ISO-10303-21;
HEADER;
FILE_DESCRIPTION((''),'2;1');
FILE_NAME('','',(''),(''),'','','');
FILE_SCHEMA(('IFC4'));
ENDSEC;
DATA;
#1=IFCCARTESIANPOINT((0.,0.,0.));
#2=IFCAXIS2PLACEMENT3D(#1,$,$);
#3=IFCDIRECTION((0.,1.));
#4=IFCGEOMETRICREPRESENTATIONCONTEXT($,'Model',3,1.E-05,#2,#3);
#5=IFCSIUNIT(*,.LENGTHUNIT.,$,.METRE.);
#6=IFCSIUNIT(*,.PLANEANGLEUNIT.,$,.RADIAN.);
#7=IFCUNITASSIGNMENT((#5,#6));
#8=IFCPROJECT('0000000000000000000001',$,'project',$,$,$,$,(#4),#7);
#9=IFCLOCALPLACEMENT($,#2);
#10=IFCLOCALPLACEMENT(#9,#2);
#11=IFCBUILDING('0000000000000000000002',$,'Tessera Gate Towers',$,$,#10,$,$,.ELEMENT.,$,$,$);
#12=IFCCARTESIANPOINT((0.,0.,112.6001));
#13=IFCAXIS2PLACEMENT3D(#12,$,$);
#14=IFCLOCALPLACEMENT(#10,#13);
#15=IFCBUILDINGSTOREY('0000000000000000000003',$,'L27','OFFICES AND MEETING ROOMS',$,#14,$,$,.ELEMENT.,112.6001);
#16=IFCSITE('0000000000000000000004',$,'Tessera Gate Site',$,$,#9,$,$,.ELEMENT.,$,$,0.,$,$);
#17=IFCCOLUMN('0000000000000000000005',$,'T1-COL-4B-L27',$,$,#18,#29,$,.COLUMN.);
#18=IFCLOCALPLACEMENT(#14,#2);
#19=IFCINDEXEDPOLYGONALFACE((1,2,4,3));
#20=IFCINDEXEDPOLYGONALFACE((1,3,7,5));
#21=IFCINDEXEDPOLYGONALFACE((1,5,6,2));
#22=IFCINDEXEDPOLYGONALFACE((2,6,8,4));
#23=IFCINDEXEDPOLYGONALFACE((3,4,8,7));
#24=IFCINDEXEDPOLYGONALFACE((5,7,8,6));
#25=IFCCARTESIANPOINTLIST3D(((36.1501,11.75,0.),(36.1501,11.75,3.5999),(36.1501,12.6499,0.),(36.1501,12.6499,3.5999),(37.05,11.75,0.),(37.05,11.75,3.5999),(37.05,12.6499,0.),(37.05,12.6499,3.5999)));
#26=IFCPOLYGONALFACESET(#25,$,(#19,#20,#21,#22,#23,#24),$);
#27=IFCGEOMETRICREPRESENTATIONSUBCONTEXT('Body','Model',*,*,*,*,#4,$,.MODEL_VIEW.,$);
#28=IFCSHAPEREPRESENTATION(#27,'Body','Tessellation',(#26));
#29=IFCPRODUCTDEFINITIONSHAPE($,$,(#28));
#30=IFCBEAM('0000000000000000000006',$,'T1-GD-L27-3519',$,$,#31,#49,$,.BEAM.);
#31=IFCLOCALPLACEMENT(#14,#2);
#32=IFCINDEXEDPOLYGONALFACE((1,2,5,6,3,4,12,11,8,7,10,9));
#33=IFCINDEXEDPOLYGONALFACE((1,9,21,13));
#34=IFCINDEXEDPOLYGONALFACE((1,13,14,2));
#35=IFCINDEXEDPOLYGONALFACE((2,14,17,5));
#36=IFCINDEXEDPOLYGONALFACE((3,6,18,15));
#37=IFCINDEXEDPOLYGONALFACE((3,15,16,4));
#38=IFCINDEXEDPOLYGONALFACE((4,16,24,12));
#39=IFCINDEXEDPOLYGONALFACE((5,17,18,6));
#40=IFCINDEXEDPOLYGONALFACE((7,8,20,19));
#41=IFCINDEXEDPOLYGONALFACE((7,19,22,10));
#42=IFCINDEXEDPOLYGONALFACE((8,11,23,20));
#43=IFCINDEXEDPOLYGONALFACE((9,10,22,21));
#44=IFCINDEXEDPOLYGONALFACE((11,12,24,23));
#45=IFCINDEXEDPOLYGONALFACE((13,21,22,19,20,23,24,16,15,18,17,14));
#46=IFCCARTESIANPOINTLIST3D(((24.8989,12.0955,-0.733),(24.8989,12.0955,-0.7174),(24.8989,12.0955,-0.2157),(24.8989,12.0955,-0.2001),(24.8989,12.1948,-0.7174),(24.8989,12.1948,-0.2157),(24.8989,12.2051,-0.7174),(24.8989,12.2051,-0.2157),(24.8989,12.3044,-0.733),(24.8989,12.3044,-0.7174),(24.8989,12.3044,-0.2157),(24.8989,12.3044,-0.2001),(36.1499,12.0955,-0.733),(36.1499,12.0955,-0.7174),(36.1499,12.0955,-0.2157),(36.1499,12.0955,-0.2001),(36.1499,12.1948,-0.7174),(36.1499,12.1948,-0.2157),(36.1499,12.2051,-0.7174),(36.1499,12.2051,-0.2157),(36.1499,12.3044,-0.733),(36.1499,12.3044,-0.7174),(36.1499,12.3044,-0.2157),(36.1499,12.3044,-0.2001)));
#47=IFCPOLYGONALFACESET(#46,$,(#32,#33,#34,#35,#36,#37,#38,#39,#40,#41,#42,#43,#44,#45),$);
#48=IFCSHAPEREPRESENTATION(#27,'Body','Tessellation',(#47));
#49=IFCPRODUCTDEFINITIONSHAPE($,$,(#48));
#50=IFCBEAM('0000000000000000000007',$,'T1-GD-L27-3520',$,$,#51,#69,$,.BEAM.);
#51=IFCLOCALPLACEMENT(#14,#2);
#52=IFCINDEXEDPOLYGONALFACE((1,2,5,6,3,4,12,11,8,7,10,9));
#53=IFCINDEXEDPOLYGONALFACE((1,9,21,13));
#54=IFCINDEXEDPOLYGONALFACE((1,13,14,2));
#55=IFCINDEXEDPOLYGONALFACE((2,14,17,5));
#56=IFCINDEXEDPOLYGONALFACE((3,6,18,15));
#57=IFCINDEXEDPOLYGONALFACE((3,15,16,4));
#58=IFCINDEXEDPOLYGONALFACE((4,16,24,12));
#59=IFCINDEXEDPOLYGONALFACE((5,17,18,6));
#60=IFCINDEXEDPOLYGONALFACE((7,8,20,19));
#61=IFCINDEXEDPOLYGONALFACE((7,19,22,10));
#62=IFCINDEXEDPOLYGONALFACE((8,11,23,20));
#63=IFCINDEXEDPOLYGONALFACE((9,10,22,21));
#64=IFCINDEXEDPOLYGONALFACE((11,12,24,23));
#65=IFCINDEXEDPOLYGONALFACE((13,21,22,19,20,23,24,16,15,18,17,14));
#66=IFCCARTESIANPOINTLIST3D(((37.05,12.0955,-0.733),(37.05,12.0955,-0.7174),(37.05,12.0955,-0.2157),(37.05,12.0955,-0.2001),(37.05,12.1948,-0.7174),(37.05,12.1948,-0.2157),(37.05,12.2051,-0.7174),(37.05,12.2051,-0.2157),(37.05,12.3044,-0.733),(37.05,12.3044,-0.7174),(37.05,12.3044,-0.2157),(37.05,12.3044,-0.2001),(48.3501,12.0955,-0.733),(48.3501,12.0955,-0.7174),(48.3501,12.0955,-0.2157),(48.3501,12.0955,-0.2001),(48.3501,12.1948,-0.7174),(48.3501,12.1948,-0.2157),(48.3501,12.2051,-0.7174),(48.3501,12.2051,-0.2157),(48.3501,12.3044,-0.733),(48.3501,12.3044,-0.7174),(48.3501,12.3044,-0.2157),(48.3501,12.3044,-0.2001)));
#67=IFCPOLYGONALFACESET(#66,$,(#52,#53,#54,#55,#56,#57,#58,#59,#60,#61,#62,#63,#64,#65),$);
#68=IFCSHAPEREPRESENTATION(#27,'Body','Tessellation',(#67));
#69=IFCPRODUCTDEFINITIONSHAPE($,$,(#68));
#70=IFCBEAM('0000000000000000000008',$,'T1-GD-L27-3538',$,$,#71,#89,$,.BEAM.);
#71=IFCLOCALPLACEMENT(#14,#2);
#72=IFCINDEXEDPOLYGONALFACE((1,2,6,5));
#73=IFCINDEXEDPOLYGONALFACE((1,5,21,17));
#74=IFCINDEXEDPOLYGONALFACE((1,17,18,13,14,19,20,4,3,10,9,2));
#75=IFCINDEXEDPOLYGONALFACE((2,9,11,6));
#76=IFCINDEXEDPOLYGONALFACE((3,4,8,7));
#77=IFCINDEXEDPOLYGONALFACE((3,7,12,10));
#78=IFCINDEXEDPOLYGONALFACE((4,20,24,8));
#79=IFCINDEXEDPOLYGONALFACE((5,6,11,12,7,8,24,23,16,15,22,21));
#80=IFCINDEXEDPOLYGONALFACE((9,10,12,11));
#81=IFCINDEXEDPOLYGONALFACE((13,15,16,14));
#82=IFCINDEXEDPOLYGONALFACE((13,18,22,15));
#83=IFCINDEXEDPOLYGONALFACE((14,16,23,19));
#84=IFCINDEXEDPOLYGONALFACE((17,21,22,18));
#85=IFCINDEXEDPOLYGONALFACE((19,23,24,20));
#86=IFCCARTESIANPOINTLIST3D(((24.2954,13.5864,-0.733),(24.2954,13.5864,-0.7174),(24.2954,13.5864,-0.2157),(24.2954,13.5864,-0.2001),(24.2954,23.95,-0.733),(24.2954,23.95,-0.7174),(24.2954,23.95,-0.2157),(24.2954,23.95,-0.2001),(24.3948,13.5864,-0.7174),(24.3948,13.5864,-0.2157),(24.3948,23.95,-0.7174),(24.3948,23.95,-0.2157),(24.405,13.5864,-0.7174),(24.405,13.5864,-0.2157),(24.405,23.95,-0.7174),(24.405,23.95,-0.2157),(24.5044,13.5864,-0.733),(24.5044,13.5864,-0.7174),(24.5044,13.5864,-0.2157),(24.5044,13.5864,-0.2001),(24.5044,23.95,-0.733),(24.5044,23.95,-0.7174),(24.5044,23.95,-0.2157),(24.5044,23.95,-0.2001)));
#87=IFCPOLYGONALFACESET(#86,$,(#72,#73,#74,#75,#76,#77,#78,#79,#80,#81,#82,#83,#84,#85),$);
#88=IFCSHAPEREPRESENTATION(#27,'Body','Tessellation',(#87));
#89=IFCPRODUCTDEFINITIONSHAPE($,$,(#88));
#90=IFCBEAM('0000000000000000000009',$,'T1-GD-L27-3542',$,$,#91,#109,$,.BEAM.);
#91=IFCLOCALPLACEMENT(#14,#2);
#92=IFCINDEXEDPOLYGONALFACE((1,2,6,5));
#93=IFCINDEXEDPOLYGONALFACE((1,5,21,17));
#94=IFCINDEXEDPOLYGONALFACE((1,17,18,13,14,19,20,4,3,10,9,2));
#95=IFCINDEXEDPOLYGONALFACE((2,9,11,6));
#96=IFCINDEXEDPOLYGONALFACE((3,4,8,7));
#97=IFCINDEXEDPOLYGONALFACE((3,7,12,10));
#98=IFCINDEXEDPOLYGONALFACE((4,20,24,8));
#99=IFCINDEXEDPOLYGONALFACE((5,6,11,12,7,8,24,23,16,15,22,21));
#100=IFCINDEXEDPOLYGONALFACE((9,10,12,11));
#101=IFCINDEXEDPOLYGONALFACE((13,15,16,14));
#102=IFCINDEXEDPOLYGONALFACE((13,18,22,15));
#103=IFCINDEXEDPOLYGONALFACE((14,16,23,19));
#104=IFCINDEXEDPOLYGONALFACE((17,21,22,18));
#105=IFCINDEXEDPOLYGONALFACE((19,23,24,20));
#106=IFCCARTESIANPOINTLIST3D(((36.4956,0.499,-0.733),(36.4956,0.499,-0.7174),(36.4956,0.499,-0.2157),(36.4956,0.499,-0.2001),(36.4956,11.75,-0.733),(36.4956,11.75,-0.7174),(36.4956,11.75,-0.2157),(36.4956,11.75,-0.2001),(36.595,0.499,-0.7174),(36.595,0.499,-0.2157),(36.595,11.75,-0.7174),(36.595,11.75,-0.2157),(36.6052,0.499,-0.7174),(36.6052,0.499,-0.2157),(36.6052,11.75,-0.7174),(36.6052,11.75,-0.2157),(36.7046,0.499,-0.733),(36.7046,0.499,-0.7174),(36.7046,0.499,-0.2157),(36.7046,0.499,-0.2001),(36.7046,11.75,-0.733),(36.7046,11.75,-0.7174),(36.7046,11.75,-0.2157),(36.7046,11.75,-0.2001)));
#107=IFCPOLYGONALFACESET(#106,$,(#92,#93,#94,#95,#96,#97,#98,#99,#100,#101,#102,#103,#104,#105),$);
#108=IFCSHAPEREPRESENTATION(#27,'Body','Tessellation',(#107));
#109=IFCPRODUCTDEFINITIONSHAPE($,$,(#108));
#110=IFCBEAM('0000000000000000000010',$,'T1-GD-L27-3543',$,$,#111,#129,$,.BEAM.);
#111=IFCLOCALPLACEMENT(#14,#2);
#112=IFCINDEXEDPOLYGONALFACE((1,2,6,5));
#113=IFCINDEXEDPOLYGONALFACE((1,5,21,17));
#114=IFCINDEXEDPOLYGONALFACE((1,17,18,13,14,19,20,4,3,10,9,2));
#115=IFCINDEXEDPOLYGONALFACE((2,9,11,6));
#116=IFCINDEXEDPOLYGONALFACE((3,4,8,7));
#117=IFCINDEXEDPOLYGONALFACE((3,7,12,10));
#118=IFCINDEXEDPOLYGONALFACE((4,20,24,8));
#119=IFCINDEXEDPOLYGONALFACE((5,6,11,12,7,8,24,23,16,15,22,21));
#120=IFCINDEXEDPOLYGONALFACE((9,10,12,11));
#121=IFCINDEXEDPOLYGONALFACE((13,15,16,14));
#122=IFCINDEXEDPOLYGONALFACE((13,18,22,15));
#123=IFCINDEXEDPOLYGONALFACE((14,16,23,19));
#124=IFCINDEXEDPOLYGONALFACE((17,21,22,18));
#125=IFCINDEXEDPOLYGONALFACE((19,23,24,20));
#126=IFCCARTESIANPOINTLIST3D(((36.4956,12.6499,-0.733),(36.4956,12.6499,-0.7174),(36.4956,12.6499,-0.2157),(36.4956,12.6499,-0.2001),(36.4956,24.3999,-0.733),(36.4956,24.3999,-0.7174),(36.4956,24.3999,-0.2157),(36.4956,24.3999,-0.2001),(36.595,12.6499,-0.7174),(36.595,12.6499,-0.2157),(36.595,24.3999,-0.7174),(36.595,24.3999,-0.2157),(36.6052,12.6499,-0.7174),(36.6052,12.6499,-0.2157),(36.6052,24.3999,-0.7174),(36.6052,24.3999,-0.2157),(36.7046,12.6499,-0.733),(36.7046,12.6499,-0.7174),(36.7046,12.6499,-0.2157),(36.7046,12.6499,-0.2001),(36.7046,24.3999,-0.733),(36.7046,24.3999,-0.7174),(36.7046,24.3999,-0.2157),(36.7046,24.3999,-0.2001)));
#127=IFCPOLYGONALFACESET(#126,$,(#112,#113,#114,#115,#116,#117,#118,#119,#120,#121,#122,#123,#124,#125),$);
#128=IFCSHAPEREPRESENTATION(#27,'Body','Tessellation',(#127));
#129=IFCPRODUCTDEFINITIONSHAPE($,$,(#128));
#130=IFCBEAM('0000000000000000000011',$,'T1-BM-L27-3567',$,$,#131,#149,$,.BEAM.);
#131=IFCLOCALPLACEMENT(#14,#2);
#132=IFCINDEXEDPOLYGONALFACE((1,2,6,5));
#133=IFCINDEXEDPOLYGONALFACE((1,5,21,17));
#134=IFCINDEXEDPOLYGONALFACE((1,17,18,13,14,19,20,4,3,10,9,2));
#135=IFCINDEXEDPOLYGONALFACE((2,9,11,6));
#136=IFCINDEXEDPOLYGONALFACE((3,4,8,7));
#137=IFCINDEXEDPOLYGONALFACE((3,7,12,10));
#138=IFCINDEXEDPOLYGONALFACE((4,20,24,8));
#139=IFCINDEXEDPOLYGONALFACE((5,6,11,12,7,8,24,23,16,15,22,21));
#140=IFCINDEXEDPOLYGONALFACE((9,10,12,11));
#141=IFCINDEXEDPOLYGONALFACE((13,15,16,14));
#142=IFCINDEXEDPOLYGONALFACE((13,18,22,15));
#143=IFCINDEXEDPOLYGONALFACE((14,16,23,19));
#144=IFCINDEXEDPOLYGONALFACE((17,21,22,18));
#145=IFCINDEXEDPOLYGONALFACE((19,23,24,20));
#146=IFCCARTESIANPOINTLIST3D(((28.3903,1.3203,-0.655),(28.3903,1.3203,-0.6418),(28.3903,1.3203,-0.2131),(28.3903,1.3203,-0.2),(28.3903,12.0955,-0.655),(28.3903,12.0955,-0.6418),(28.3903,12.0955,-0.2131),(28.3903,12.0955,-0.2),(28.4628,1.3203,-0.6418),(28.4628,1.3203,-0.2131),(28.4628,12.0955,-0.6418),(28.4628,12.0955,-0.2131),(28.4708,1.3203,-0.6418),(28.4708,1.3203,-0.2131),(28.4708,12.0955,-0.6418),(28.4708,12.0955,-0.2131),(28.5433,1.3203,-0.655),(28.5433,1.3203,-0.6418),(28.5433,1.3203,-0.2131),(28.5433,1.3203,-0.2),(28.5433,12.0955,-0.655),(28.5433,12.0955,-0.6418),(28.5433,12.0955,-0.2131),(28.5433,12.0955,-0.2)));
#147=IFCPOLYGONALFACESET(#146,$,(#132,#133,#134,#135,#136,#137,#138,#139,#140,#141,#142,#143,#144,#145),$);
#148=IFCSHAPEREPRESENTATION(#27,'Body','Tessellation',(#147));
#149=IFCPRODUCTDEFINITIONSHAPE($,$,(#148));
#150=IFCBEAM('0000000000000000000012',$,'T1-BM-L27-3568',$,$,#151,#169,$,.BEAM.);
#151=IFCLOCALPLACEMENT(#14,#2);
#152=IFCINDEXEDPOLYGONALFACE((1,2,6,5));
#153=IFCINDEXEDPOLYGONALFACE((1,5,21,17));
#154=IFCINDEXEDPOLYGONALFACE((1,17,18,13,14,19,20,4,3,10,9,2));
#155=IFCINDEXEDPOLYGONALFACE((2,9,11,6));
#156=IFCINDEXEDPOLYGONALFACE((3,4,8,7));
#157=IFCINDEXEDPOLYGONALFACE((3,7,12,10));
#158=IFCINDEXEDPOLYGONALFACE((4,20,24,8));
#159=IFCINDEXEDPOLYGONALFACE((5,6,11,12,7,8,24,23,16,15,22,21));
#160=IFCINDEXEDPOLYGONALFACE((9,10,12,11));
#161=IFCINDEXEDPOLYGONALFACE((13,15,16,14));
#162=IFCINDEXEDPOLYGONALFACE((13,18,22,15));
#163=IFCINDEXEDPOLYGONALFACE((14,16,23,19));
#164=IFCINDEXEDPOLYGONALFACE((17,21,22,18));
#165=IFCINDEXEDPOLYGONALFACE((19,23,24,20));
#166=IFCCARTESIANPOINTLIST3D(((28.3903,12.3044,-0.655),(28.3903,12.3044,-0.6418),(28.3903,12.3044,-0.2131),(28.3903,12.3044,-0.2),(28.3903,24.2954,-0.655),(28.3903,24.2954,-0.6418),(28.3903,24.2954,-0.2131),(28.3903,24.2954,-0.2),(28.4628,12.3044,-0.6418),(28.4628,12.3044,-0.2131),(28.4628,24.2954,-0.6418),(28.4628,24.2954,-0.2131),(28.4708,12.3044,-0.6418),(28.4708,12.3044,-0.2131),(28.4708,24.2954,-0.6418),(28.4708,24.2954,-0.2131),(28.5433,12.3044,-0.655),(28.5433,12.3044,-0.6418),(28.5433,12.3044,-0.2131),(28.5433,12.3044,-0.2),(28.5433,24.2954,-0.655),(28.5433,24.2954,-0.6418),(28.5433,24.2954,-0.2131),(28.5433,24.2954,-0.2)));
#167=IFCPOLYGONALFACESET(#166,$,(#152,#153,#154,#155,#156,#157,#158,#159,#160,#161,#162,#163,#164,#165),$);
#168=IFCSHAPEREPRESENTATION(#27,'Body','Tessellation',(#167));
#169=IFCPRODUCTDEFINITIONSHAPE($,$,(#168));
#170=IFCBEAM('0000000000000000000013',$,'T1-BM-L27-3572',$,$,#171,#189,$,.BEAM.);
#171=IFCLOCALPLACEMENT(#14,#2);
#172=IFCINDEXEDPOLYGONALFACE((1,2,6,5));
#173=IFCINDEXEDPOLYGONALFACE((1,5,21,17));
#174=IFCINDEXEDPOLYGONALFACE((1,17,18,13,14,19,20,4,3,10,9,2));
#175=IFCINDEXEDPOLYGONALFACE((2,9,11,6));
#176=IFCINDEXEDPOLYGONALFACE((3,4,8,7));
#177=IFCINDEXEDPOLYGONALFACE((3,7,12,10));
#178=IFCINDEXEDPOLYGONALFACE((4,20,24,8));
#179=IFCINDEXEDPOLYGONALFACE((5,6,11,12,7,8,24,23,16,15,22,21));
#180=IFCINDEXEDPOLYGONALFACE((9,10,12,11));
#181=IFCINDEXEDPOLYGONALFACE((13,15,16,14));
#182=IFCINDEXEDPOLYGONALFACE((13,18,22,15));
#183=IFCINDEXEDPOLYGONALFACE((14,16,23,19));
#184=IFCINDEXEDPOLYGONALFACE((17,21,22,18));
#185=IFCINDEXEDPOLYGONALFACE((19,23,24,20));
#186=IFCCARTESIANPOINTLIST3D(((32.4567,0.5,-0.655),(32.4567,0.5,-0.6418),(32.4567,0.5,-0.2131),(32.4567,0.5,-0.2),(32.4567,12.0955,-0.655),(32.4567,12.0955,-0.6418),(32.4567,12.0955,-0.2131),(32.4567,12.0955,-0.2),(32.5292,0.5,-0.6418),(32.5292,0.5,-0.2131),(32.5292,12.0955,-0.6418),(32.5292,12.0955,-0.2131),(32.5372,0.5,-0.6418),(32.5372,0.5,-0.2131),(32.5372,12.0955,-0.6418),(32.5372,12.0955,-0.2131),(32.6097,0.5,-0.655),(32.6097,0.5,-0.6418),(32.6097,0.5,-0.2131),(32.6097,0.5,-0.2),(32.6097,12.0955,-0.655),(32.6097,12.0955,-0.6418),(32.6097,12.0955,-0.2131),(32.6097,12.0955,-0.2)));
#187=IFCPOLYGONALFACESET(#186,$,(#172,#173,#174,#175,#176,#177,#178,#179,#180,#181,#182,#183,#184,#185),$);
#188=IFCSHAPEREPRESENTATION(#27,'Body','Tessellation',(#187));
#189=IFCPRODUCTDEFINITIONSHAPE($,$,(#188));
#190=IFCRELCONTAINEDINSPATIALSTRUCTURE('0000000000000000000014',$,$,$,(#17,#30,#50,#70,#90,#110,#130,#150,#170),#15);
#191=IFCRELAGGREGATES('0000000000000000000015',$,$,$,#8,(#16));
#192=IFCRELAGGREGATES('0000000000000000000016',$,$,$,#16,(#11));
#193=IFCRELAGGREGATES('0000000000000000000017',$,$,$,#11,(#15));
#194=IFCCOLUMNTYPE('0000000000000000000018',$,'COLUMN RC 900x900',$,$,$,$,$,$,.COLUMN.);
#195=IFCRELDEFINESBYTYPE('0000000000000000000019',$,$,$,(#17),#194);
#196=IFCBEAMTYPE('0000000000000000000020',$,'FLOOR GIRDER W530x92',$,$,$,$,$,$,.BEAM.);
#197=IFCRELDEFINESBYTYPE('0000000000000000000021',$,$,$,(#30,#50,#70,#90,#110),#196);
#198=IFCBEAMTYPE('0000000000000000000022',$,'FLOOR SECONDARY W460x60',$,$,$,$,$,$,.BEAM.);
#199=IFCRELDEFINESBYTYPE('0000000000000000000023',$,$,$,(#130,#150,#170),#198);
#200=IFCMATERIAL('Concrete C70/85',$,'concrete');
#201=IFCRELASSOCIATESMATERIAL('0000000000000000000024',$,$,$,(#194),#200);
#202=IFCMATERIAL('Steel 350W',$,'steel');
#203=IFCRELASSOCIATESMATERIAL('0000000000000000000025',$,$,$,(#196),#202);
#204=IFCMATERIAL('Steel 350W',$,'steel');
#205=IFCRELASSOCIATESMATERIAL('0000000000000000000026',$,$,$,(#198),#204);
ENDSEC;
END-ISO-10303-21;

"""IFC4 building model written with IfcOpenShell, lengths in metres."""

from ifc_helpers import new_model, si_unit, direction, frame, origin, origin_2d, place, context, subcontext, project, spatial, rectangle, i_section, extrude, material, material_profile, profile_set, type_object, element, save


model = new_model("IFC4")

# Units and contexts
model_context = context("Model", 3, precision=1e-05, world=origin(), true_north=direction((0.0, 1.0)))
body_context = subcontext(model_context, "Body", "Model", "MODEL_VIEW")
ifc_project = project(units=[si_unit("LENGTHUNIT", "METRE"), si_unit("PLANEANGLEUNIT", "RADIAN")], contexts=[model_context])

# Site, building, storey
site_placement = place(None, origin())
site = spatial("IfcSite", under=ifc_project, at=site_placement, Name="Tessera Gate Site", CompositionType="ELEMENT", RefElevation=0.0)
building_placement = place(site_placement, origin())
building = spatial("IfcBuilding", under=site, at=building_placement, Name="Tessera Gate Towers", CompositionType="ELEMENT")
storey_placement = place(building_placement, frame((0.0, 0.0, 112.6001)))
storey = spatial("IfcBuildingStorey", under=building, at=storey_placement, Name="L27", Description="OFFICES AND MEETING ROOMS", CompositionType="ELEMENT", Elevation=112.6001)

# Column
ifc_material_1 = material(Name="Concrete C70/85", Category="concrete")
ifc_material_profile_1 = material_profile(ifc_material_1, rectangle(XDim=0.8999, YDim=0.8999, at=origin_2d()), Name="RC 900x900")
ifc_profile_set_1 = profile_set([ifc_material_profile_1], Name="Concrete C70/85")
column_type = type_object("IfcColumnType", Name="COLUMN RC 900x900", PredefinedType="COLUMN", material=ifc_profile_set_1)
column_placement = place(storey_placement, frame((36.6001, 12.2, 0.0), z_axis=(0.0, 0.0, 1.0), x_axis=(1.0, 0.0, 0.0)))
element("IfcColumn", 1, at=column_placement, inside=storey, type_object=column_type, Name="T1-COL-4B-L27", PredefinedType="COLUMN", context=body_context, shape_type="SweptSolid", body=[
    extrude(rectangle(XDim=0.8999, YDim=0.8999, at=origin_2d()), origin(), (0.0, 0.0, 1.0), 3.5999),
])

# Beams
ifc_material_2 = material(Name="Steel 350W", Category="steel")
ifc_material_profile_2 = material_profile(ifc_material_2, i_section(OverallWidth=0.209, OverallDepth=0.533, WebThickness=0.0103, FlangeThickness=0.0156, at=origin_2d()), Name="W530x92")
ifc_profile_set_2 = profile_set([ifc_material_profile_2], Name="Steel 350W")
beam_type_1 = type_object("IfcBeamType", Name="FLOOR GIRDER W530x92", PredefinedType="BEAM", material=ifc_profile_set_2)
beam_1_placement = place(storey_placement, frame((24.8989, 12.2, -0.4666), z_axis=(1.0, 0.0, 0.0), x_axis=(0.0, 1.0, 0.0)))
element("IfcBeam", 2, at=beam_1_placement, inside=storey, type_object=beam_type_1, Name="T1-GD-L27-3519", PredefinedType="BEAM", context=body_context, shape_type="SweptSolid", body=[
    extrude(i_section(OverallWidth=0.209, OverallDepth=0.533, WebThickness=0.0103, FlangeThickness=0.0156, at=origin_2d()), origin(), (0.0, 0.0, 1.0), 11.251),
])
beam_2_placement = place(storey_placement, frame((37.05, 12.2, -0.4666), z_axis=(1.0, 0.0, 0.0), x_axis=(0.0, 1.0, 0.0)))
element("IfcBeam", 3, at=beam_2_placement, inside=storey, type_object=beam_type_1, Name="T1-GD-L27-3520", PredefinedType="BEAM", context=body_context, shape_type="SweptSolid", body=[
    extrude(i_section(OverallWidth=0.209, OverallDepth=0.533, WebThickness=0.0103, FlangeThickness=0.0156, at=origin_2d()), origin(), (0.0, 0.0, 1.0), 11.3),
])
beam_3_placement = place(storey_placement, frame((24.3999, 13.5864, -0.4666), z_axis=(0.0, 1.0, 0.0), x_axis=(-1.0, 0.0, 0.0)))
element("IfcBeam", 4, at=beam_3_placement, inside=storey, type_object=beam_type_1, Name="T1-GD-L27-3538", PredefinedType="BEAM", context=body_context, shape_type="SweptSolid", body=[
    extrude(i_section(OverallWidth=0.209, OverallDepth=0.533, WebThickness=0.0103, FlangeThickness=0.0156, at=origin_2d()), origin(), (0.0, 0.0, 1.0), 10.3635),
])
beam_4_placement = place(storey_placement, frame((36.6001, 0.499, -0.4666), z_axis=(0.0, 1.0, 0.0), x_axis=(-1.0, 0.0, 0.0)))
element("IfcBeam", 5, at=beam_4_placement, inside=storey, type_object=beam_type_1, Name="T1-GD-L27-3542", PredefinedType="BEAM", context=body_context, shape_type="SweptSolid", body=[
    extrude(i_section(OverallWidth=0.209, OverallDepth=0.533, WebThickness=0.0103, FlangeThickness=0.0156, at=origin_2d()), origin(), (0.0, 0.0, 1.0), 11.251),
])
beam_5_placement = place(storey_placement, frame((36.6001, 12.6499, -0.4666), z_axis=(0.0, 1.0, 0.0), x_axis=(-1.0, 0.0, 0.0)))
element("IfcBeam", 6, at=beam_5_placement, inside=storey, type_object=beam_type_1, Name="T1-GD-L27-3543", PredefinedType="BEAM", context=body_context, shape_type="SweptSolid", body=[
    extrude(i_section(OverallWidth=0.209, OverallDepth=0.533, WebThickness=0.0103, FlangeThickness=0.0156, at=origin_2d()), origin(), (0.0, 0.0, 1.0), 11.75),
])
ifc_material_3 = material(Name="Steel 350W", Category="steel")
ifc_material_profile_3 = material_profile(ifc_material_3, i_section(OverallWidth=0.1531, OverallDepth=0.4551, WebThickness=0.0081, FlangeThickness=0.0132, at=origin_2d()), Name="W460x60")
ifc_profile_set_3 = profile_set([ifc_material_profile_3], Name="Steel 350W")
beam_type_2 = type_object("IfcBeamType", Name="FLOOR SECONDARY W460x60", PredefinedType="BEAM", material=ifc_profile_set_3)
beam_6_placement = place(storey_placement, frame((28.4668, 1.3203, -0.4275), z_axis=(0.0, 1.0, 0.0), x_axis=(-1.0, 0.0, 0.0)))
element("IfcBeam", 7, at=beam_6_placement, inside=storey, type_object=beam_type_2, Name="T1-BM-L27-3567", PredefinedType="BEAM", context=body_context, shape_type="SweptSolid", body=[
    extrude(i_section(OverallWidth=0.1531, OverallDepth=0.4551, WebThickness=0.0081, FlangeThickness=0.0132, at=origin_2d()), origin(), (0.0, 0.0, 1.0), 10.7751),
])
beam_7_placement = place(storey_placement, frame((28.4668, 12.3044, -0.4275), z_axis=(0.0, 1.0, 0.0), x_axis=(-1.0, 0.0, 0.0)))
element("IfcBeam", 8, at=beam_7_placement, inside=storey, type_object=beam_type_2, Name="T1-BM-L27-3568", PredefinedType="BEAM", context=body_context, shape_type="SweptSolid", body=[
    extrude(i_section(OverallWidth=0.1531, OverallDepth=0.4551, WebThickness=0.0081, FlangeThickness=0.0132, at=origin_2d()), origin(), (0.0, 0.0, 1.0), 11.991),
])
beam_8_placement = place(storey_placement, frame((32.5332, 0.5, -0.4275), z_axis=(0.0, 1.0, 0.0), x_axis=(-1.0, 0.0, 0.0)))
element("IfcBeam", 9, at=beam_8_placement, inside=storey, type_object=beam_type_2, Name="T1-BM-L27-3572", PredefinedType="BEAM", context=body_context, shape_type="SweptSolid", body=[
    extrude(i_section(OverallWidth=0.1531, OverallDepth=0.4551, WebThickness=0.0081, FlangeThickness=0.0132, at=origin_2d()), origin(), (0.0, 0.0, 1.0), 11.5955),
])

save(model, "model.ifc")
